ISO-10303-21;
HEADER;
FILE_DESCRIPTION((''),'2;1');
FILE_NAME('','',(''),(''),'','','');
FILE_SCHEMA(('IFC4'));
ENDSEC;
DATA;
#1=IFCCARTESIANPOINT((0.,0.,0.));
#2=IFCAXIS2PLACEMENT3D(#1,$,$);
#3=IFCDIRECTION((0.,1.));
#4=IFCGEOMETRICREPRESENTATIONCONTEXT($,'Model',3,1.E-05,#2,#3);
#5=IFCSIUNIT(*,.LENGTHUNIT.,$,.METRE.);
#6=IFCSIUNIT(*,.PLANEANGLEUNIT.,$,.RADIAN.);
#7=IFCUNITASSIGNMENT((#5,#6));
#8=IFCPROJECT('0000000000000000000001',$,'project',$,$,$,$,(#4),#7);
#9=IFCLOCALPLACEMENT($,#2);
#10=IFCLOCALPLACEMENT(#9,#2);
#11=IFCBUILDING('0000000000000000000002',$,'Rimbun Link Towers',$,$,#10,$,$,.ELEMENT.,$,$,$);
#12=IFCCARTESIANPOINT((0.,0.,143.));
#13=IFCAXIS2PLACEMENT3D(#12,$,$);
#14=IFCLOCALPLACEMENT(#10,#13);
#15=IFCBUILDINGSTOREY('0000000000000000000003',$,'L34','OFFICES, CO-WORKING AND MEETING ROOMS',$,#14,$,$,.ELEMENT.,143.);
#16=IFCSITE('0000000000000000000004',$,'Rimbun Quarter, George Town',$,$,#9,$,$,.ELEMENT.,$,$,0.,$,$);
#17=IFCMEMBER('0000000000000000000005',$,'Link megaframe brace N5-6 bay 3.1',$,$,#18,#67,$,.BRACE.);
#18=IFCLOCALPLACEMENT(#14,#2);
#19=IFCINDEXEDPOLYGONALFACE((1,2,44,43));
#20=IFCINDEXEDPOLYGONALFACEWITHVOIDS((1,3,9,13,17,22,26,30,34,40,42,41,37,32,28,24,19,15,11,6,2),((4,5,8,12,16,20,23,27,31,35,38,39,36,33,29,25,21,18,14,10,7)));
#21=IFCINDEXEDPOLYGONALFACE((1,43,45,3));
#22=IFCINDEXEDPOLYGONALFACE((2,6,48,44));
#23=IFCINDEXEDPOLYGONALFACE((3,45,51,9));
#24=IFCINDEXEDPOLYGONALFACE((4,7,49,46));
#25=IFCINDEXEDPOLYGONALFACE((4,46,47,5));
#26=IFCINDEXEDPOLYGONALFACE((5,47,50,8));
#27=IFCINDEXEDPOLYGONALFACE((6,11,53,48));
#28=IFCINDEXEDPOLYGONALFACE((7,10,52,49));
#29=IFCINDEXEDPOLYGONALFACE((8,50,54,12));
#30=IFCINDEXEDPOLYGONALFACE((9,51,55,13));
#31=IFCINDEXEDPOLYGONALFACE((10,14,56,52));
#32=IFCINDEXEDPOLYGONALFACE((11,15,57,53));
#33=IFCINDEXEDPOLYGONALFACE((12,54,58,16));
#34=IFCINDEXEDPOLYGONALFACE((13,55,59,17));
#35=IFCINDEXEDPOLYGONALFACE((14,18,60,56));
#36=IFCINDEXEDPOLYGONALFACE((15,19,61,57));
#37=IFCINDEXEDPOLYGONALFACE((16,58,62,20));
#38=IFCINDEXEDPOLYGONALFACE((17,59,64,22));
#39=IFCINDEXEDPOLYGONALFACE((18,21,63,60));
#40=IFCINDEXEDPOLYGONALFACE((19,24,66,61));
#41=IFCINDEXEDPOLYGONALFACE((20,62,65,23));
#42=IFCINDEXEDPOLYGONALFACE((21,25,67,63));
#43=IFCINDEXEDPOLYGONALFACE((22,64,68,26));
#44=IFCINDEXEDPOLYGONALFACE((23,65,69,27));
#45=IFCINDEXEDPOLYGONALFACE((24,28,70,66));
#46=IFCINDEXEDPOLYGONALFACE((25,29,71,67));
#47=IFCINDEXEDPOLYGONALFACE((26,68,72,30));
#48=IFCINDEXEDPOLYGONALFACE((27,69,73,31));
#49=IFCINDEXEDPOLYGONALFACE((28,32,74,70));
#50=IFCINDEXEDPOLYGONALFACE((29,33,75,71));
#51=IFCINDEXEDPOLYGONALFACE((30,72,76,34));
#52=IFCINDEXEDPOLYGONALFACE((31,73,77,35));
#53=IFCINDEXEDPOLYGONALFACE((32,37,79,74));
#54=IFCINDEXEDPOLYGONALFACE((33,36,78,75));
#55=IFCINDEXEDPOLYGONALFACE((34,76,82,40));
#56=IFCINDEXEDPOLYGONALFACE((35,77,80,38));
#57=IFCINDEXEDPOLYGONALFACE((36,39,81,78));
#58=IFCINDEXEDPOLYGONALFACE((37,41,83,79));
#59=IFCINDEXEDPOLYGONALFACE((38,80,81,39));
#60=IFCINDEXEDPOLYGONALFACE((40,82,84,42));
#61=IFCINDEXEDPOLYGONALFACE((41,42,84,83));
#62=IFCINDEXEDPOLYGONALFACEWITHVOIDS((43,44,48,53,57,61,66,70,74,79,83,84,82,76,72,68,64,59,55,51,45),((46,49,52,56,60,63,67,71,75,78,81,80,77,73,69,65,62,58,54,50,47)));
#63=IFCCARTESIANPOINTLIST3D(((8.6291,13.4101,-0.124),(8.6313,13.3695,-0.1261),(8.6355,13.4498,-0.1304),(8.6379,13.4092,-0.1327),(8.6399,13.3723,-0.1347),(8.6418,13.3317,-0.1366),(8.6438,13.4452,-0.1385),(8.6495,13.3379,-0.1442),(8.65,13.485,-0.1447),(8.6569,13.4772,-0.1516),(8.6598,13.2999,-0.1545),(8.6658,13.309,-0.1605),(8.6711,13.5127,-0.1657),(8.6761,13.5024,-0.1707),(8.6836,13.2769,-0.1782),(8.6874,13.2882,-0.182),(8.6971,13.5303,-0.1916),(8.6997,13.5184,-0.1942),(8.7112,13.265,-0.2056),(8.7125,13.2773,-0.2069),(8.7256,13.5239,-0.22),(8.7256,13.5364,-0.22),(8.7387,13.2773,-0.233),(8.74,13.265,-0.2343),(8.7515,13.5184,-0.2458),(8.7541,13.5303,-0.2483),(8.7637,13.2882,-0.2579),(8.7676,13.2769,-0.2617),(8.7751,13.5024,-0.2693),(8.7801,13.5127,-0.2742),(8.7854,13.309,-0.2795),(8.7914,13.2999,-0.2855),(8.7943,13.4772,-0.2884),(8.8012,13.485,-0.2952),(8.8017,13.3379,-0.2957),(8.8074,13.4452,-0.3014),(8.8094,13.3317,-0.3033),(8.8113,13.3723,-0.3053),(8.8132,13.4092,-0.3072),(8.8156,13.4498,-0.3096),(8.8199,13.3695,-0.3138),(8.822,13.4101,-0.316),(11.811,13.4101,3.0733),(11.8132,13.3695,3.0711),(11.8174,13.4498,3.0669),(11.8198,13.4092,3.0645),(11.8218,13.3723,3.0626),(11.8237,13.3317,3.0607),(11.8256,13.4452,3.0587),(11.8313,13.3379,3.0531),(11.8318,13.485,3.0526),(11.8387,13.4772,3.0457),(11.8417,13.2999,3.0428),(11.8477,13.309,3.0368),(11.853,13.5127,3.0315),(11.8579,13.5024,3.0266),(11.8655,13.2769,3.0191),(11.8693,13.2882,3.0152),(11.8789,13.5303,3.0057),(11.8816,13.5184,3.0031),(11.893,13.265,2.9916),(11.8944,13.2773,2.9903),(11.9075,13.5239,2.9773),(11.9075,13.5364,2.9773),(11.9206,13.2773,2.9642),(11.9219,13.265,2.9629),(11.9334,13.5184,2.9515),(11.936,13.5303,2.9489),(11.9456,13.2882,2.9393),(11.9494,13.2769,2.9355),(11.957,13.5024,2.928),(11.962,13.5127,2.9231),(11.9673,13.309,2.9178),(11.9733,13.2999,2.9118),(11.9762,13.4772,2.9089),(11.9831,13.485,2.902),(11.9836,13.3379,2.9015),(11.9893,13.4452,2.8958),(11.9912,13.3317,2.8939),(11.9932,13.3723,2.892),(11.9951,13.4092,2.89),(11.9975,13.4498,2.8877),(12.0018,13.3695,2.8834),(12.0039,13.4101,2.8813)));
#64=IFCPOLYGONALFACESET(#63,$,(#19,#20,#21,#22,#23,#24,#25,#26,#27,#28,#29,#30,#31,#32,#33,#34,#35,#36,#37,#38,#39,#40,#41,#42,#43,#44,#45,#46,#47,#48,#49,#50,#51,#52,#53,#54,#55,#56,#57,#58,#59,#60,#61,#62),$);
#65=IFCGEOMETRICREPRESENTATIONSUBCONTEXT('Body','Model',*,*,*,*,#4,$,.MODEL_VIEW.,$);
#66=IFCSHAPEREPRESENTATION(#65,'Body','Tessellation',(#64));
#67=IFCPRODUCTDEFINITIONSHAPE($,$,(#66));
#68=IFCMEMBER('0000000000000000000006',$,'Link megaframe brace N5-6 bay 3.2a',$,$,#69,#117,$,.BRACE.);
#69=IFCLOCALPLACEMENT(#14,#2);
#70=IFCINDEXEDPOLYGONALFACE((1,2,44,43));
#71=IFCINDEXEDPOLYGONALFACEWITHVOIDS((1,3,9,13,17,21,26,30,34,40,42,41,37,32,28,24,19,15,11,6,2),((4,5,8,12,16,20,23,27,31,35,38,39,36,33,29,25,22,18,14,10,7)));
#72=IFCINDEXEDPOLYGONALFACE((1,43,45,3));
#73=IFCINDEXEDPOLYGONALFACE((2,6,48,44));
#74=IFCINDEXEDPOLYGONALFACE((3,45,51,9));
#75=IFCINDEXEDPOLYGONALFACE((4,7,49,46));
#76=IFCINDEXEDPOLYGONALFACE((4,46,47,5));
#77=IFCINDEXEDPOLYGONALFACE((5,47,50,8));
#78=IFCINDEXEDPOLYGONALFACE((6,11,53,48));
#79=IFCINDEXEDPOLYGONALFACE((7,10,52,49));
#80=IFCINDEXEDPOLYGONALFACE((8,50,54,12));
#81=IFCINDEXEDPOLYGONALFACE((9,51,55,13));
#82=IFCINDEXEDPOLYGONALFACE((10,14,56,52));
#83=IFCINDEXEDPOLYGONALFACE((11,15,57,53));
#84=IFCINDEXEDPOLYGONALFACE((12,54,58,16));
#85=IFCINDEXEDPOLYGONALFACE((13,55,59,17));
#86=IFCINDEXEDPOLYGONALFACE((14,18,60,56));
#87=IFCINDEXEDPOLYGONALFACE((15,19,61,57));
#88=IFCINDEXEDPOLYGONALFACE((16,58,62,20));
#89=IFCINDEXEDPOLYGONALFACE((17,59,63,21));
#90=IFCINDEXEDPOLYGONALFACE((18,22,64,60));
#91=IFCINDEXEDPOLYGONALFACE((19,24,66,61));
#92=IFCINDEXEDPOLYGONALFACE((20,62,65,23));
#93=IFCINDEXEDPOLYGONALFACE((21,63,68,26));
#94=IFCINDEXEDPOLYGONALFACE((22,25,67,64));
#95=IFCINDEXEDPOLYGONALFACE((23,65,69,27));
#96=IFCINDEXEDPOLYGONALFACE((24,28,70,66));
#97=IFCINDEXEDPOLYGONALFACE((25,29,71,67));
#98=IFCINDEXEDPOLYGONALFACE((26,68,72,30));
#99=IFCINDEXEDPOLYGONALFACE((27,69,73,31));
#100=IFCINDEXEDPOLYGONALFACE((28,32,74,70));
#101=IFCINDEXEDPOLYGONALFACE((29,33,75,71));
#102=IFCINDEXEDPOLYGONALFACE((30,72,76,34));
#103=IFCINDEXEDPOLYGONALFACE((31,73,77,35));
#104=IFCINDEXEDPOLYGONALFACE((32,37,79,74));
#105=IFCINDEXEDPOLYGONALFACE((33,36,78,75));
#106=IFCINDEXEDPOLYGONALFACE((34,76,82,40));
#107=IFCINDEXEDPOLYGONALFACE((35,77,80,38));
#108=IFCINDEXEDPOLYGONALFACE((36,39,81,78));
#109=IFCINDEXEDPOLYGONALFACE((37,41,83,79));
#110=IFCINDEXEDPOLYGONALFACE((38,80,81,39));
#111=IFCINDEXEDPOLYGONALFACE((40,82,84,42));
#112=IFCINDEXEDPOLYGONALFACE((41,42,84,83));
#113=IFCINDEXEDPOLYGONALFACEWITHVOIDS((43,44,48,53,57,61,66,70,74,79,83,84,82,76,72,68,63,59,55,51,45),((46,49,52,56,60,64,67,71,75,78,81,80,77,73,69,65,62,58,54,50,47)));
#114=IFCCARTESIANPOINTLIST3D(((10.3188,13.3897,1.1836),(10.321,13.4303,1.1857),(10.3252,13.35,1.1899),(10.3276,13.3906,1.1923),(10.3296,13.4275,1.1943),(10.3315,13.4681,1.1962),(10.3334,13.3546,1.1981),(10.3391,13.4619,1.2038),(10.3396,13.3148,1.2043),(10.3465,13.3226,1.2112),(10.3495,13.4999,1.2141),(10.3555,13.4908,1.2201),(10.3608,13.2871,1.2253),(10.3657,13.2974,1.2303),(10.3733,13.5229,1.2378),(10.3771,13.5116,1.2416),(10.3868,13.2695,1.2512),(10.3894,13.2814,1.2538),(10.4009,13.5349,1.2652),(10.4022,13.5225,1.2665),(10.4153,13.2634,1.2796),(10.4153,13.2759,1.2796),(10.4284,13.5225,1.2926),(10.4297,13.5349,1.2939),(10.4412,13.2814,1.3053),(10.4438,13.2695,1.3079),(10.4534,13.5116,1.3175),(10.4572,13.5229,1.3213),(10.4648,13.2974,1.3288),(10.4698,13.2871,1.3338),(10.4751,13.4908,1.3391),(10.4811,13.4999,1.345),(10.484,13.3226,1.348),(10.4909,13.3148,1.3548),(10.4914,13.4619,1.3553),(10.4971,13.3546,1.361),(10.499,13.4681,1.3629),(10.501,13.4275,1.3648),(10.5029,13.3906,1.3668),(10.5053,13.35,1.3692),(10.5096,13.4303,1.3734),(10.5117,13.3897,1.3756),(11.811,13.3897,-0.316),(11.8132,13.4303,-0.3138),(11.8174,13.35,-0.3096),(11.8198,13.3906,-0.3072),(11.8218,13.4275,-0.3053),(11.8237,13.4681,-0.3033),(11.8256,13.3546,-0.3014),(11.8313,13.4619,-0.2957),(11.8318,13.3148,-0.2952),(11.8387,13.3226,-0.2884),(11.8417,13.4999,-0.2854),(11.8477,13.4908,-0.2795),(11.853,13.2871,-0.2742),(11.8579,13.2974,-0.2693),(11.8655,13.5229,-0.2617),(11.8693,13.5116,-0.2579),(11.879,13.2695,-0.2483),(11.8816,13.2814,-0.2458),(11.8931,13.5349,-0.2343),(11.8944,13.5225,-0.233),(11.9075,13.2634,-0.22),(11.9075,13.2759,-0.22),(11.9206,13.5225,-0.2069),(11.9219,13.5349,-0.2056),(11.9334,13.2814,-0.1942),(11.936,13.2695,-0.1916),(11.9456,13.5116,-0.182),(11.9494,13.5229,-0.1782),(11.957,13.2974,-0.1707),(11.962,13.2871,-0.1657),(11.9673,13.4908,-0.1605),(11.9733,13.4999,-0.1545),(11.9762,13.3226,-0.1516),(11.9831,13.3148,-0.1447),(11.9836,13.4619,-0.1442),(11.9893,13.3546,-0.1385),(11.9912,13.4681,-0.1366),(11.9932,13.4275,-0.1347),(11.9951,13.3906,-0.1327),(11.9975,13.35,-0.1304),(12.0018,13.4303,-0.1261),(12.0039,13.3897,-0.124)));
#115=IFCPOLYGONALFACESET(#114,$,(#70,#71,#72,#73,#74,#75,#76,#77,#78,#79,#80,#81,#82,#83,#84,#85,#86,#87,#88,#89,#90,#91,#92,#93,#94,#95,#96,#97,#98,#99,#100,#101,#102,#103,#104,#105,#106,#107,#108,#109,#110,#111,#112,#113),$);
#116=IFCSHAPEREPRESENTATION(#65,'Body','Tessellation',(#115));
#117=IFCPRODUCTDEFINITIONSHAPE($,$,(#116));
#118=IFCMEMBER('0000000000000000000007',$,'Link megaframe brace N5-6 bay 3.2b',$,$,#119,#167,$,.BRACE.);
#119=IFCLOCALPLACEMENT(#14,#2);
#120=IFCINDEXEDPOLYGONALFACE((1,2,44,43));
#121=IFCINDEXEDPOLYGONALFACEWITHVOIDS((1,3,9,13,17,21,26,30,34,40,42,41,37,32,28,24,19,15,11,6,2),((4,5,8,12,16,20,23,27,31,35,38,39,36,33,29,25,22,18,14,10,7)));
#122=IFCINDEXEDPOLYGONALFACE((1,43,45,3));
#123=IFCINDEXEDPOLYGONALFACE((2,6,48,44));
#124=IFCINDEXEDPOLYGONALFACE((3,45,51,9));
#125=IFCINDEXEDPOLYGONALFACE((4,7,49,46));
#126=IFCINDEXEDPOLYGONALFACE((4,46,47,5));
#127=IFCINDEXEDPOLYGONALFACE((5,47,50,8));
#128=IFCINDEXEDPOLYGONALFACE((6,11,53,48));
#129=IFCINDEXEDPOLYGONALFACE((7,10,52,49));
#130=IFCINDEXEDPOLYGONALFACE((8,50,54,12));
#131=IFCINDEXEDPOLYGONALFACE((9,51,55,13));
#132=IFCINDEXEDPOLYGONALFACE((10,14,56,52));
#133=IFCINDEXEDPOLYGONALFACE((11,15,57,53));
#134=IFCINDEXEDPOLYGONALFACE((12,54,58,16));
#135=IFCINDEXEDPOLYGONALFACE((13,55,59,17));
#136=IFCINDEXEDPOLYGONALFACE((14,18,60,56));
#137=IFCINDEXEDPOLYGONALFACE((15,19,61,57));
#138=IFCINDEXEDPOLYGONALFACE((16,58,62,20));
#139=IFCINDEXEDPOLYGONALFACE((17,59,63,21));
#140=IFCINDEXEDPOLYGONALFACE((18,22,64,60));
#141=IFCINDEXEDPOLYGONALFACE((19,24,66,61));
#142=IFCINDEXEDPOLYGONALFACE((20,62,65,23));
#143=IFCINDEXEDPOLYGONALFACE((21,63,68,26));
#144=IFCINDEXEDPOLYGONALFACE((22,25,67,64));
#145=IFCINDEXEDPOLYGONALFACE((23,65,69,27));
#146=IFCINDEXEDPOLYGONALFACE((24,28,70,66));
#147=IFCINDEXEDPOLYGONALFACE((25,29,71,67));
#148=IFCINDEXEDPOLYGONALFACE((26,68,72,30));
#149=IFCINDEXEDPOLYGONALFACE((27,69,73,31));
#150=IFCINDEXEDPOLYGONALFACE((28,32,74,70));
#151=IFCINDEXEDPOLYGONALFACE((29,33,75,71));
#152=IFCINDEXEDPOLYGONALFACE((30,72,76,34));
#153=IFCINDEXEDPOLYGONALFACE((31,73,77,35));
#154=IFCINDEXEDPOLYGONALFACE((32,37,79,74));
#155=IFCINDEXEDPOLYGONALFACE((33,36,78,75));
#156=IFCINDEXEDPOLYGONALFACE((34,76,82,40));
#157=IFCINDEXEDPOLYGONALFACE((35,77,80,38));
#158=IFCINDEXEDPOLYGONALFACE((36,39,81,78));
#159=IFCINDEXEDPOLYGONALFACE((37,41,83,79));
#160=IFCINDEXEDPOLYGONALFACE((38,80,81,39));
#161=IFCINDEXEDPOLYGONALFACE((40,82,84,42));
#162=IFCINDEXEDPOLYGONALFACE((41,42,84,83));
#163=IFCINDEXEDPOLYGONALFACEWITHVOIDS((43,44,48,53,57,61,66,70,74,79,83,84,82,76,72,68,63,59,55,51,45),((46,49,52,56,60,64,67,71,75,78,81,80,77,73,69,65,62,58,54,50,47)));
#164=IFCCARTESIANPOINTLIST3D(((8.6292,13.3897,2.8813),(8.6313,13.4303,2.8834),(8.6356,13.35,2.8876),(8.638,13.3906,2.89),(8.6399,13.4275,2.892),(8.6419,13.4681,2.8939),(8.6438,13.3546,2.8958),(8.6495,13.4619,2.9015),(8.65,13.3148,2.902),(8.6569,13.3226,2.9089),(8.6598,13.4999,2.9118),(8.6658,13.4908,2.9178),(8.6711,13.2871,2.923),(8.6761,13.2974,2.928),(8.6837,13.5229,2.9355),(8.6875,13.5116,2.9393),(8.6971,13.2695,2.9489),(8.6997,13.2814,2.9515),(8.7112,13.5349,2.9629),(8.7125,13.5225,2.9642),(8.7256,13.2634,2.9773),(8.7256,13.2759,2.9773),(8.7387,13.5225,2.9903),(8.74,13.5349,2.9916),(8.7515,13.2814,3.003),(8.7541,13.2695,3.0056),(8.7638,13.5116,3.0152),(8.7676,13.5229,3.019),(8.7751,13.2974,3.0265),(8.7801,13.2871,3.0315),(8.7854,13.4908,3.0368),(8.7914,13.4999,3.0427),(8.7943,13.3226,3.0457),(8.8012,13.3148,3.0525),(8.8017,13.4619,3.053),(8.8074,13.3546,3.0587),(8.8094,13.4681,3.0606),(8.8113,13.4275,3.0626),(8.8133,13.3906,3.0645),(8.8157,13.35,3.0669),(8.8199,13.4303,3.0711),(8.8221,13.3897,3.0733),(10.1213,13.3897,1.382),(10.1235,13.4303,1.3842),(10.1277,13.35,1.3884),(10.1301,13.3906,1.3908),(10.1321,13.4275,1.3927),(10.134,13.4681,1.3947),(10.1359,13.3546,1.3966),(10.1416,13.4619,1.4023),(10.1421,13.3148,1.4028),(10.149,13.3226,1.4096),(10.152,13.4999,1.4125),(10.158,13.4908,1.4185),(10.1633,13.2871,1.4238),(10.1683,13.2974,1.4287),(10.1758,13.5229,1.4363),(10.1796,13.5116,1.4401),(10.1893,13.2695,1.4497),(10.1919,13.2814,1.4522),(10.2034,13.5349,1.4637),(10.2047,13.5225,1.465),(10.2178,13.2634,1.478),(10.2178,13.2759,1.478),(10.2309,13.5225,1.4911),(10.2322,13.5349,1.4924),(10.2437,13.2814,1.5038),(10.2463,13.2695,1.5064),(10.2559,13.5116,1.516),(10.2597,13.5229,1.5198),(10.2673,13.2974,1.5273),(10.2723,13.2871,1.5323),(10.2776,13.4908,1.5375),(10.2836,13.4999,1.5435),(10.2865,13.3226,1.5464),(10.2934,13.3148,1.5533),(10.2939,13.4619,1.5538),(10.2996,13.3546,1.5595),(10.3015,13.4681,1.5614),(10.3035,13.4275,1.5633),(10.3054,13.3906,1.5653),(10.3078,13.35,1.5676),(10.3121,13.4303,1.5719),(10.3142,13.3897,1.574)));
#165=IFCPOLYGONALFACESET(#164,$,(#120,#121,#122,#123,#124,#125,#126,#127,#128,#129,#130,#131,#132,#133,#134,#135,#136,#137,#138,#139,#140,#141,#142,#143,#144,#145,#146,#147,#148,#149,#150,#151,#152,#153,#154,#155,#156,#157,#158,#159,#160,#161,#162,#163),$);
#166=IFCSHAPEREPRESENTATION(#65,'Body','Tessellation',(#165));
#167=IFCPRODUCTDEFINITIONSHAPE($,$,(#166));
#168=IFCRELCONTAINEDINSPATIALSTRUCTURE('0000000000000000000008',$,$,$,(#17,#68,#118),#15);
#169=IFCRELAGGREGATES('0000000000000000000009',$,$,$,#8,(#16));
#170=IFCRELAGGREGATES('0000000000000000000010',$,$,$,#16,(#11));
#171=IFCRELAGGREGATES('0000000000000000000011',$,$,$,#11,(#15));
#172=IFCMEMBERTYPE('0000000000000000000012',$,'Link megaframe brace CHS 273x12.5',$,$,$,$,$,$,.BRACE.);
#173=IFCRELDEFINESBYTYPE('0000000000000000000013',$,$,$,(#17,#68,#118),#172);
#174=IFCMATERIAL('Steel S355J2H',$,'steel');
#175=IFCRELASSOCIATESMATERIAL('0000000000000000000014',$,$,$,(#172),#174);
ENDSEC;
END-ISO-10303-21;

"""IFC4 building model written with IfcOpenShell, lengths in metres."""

from ifc_helpers import new_model, si_unit, direction, frame, origin, origin_2d, place, context, subcontext, project, spatial, hollow_circle, extrude, material, material_profile, profile_set, type_object, element, save


model = new_model("IFC4")

# Units and contexts
model_context = context("Model", 3, precision=1e-05, world=origin(), true_north=direction((0.0, 1.0)))
body_context = subcontext(model_context, "Body", "Model", "MODEL_VIEW")
ifc_project = project(units=[si_unit("LENGTHUNIT", "METRE"), si_unit("PLANEANGLEUNIT", "RADIAN")], contexts=[model_context])

# Site, building, storey
site_placement = place(None, origin())
site = spatial("IfcSite", under=ifc_project, at=site_placement, Name="Rimbun Quarter, George Town", CompositionType="ELEMENT", RefElevation=0.0)
building_placement = place(site_placement, origin())
building = spatial("IfcBuilding", under=site, at=building_placement, Name="Rimbun Link Towers", CompositionType="ELEMENT")
storey_placement = place(building_placement, frame((0.0, 0.0, 143.0)))
storey = spatial("IfcBuildingStorey", under=building, at=storey_placement, Name="L34", Description="OFFICES, CO-WORKING AND MEETING ROOMS", CompositionType="ELEMENT", Elevation=143.0)

# Members
ifc_material_1 = material(Name="Steel S355J2H", Category="steel")
ifc_material_profile_1 = material_profile(ifc_material_1, hollow_circle(Radius=0.1365, WallThickness=0.0125, at=origin_2d()), Name="CHS 273x12.5")
ifc_profile_set_1 = profile_set([ifc_material_profile_1], Name="Steel S355J2H")
member_type_1 = type_object("IfcMemberType", Name="Link megaframe brace CHS 273x12.5", PredefinedType="BRACE", material=ifc_profile_set_1)
member_1_placement = place(storey_placement, frame((8.7256, 13.3999, -0.22), z_axis=(0.7054, 0.0, 0.70881), x_axis=(0.0, 1.0, 0.0)))
element("IfcMember", 1, at=member_1_placement, inside=storey, type_object=member_type_1, Name="Link megaframe brace N5-6 bay 3.1", PredefinedType="BRACE", context=body_context, shape_type="SweptSolid", body=[
    extrude(hollow_circle(Radius=0.1365, WallThickness=0.0125, at=origin_2d()), origin(), (0.0, 0.0, 1.0), 4.5107),
])
member_2_placement = place(storey_placement, frame((11.9075, 13.3999, -0.22), z_axis=(-0.705374, 0.0, 0.708836), x_axis=(0.0, -1.0, 0.0)))
element("IfcMember", 2, at=member_2_placement, inside=storey, type_object=member_type_1, Name="Link megaframe brace N5-6 bay 3.2a", PredefinedType="BRACE", context=body_context, shape_type="SweptSolid", body=[
    extrude(hollow_circle(Radius=0.1365, WallThickness=0.0125, at=origin_2d()), origin(), (0.0, 0.0, 1.0), 2.1155),
])
member_3_placement = place(storey_placement, frame((10.2178, 13.3999, 1.478), z_axis=(-0.705431, 0.0, 0.708778), x_axis=(0.0, -1.0, 0.0)))
element("IfcMember", 3, at=member_3_placement, inside=storey, type_object=member_type_1, Name="Link megaframe brace N5-6 bay 3.2b", PredefinedType="BRACE", context=body_context, shape_type="SweptSolid", body=[
    extrude(hollow_circle(Radius=0.1365, WallThickness=0.0125, at=origin_2d()), origin(), (0.0, 0.0, 1.0), 2.1152),
])

save(model, "model.ifc")
